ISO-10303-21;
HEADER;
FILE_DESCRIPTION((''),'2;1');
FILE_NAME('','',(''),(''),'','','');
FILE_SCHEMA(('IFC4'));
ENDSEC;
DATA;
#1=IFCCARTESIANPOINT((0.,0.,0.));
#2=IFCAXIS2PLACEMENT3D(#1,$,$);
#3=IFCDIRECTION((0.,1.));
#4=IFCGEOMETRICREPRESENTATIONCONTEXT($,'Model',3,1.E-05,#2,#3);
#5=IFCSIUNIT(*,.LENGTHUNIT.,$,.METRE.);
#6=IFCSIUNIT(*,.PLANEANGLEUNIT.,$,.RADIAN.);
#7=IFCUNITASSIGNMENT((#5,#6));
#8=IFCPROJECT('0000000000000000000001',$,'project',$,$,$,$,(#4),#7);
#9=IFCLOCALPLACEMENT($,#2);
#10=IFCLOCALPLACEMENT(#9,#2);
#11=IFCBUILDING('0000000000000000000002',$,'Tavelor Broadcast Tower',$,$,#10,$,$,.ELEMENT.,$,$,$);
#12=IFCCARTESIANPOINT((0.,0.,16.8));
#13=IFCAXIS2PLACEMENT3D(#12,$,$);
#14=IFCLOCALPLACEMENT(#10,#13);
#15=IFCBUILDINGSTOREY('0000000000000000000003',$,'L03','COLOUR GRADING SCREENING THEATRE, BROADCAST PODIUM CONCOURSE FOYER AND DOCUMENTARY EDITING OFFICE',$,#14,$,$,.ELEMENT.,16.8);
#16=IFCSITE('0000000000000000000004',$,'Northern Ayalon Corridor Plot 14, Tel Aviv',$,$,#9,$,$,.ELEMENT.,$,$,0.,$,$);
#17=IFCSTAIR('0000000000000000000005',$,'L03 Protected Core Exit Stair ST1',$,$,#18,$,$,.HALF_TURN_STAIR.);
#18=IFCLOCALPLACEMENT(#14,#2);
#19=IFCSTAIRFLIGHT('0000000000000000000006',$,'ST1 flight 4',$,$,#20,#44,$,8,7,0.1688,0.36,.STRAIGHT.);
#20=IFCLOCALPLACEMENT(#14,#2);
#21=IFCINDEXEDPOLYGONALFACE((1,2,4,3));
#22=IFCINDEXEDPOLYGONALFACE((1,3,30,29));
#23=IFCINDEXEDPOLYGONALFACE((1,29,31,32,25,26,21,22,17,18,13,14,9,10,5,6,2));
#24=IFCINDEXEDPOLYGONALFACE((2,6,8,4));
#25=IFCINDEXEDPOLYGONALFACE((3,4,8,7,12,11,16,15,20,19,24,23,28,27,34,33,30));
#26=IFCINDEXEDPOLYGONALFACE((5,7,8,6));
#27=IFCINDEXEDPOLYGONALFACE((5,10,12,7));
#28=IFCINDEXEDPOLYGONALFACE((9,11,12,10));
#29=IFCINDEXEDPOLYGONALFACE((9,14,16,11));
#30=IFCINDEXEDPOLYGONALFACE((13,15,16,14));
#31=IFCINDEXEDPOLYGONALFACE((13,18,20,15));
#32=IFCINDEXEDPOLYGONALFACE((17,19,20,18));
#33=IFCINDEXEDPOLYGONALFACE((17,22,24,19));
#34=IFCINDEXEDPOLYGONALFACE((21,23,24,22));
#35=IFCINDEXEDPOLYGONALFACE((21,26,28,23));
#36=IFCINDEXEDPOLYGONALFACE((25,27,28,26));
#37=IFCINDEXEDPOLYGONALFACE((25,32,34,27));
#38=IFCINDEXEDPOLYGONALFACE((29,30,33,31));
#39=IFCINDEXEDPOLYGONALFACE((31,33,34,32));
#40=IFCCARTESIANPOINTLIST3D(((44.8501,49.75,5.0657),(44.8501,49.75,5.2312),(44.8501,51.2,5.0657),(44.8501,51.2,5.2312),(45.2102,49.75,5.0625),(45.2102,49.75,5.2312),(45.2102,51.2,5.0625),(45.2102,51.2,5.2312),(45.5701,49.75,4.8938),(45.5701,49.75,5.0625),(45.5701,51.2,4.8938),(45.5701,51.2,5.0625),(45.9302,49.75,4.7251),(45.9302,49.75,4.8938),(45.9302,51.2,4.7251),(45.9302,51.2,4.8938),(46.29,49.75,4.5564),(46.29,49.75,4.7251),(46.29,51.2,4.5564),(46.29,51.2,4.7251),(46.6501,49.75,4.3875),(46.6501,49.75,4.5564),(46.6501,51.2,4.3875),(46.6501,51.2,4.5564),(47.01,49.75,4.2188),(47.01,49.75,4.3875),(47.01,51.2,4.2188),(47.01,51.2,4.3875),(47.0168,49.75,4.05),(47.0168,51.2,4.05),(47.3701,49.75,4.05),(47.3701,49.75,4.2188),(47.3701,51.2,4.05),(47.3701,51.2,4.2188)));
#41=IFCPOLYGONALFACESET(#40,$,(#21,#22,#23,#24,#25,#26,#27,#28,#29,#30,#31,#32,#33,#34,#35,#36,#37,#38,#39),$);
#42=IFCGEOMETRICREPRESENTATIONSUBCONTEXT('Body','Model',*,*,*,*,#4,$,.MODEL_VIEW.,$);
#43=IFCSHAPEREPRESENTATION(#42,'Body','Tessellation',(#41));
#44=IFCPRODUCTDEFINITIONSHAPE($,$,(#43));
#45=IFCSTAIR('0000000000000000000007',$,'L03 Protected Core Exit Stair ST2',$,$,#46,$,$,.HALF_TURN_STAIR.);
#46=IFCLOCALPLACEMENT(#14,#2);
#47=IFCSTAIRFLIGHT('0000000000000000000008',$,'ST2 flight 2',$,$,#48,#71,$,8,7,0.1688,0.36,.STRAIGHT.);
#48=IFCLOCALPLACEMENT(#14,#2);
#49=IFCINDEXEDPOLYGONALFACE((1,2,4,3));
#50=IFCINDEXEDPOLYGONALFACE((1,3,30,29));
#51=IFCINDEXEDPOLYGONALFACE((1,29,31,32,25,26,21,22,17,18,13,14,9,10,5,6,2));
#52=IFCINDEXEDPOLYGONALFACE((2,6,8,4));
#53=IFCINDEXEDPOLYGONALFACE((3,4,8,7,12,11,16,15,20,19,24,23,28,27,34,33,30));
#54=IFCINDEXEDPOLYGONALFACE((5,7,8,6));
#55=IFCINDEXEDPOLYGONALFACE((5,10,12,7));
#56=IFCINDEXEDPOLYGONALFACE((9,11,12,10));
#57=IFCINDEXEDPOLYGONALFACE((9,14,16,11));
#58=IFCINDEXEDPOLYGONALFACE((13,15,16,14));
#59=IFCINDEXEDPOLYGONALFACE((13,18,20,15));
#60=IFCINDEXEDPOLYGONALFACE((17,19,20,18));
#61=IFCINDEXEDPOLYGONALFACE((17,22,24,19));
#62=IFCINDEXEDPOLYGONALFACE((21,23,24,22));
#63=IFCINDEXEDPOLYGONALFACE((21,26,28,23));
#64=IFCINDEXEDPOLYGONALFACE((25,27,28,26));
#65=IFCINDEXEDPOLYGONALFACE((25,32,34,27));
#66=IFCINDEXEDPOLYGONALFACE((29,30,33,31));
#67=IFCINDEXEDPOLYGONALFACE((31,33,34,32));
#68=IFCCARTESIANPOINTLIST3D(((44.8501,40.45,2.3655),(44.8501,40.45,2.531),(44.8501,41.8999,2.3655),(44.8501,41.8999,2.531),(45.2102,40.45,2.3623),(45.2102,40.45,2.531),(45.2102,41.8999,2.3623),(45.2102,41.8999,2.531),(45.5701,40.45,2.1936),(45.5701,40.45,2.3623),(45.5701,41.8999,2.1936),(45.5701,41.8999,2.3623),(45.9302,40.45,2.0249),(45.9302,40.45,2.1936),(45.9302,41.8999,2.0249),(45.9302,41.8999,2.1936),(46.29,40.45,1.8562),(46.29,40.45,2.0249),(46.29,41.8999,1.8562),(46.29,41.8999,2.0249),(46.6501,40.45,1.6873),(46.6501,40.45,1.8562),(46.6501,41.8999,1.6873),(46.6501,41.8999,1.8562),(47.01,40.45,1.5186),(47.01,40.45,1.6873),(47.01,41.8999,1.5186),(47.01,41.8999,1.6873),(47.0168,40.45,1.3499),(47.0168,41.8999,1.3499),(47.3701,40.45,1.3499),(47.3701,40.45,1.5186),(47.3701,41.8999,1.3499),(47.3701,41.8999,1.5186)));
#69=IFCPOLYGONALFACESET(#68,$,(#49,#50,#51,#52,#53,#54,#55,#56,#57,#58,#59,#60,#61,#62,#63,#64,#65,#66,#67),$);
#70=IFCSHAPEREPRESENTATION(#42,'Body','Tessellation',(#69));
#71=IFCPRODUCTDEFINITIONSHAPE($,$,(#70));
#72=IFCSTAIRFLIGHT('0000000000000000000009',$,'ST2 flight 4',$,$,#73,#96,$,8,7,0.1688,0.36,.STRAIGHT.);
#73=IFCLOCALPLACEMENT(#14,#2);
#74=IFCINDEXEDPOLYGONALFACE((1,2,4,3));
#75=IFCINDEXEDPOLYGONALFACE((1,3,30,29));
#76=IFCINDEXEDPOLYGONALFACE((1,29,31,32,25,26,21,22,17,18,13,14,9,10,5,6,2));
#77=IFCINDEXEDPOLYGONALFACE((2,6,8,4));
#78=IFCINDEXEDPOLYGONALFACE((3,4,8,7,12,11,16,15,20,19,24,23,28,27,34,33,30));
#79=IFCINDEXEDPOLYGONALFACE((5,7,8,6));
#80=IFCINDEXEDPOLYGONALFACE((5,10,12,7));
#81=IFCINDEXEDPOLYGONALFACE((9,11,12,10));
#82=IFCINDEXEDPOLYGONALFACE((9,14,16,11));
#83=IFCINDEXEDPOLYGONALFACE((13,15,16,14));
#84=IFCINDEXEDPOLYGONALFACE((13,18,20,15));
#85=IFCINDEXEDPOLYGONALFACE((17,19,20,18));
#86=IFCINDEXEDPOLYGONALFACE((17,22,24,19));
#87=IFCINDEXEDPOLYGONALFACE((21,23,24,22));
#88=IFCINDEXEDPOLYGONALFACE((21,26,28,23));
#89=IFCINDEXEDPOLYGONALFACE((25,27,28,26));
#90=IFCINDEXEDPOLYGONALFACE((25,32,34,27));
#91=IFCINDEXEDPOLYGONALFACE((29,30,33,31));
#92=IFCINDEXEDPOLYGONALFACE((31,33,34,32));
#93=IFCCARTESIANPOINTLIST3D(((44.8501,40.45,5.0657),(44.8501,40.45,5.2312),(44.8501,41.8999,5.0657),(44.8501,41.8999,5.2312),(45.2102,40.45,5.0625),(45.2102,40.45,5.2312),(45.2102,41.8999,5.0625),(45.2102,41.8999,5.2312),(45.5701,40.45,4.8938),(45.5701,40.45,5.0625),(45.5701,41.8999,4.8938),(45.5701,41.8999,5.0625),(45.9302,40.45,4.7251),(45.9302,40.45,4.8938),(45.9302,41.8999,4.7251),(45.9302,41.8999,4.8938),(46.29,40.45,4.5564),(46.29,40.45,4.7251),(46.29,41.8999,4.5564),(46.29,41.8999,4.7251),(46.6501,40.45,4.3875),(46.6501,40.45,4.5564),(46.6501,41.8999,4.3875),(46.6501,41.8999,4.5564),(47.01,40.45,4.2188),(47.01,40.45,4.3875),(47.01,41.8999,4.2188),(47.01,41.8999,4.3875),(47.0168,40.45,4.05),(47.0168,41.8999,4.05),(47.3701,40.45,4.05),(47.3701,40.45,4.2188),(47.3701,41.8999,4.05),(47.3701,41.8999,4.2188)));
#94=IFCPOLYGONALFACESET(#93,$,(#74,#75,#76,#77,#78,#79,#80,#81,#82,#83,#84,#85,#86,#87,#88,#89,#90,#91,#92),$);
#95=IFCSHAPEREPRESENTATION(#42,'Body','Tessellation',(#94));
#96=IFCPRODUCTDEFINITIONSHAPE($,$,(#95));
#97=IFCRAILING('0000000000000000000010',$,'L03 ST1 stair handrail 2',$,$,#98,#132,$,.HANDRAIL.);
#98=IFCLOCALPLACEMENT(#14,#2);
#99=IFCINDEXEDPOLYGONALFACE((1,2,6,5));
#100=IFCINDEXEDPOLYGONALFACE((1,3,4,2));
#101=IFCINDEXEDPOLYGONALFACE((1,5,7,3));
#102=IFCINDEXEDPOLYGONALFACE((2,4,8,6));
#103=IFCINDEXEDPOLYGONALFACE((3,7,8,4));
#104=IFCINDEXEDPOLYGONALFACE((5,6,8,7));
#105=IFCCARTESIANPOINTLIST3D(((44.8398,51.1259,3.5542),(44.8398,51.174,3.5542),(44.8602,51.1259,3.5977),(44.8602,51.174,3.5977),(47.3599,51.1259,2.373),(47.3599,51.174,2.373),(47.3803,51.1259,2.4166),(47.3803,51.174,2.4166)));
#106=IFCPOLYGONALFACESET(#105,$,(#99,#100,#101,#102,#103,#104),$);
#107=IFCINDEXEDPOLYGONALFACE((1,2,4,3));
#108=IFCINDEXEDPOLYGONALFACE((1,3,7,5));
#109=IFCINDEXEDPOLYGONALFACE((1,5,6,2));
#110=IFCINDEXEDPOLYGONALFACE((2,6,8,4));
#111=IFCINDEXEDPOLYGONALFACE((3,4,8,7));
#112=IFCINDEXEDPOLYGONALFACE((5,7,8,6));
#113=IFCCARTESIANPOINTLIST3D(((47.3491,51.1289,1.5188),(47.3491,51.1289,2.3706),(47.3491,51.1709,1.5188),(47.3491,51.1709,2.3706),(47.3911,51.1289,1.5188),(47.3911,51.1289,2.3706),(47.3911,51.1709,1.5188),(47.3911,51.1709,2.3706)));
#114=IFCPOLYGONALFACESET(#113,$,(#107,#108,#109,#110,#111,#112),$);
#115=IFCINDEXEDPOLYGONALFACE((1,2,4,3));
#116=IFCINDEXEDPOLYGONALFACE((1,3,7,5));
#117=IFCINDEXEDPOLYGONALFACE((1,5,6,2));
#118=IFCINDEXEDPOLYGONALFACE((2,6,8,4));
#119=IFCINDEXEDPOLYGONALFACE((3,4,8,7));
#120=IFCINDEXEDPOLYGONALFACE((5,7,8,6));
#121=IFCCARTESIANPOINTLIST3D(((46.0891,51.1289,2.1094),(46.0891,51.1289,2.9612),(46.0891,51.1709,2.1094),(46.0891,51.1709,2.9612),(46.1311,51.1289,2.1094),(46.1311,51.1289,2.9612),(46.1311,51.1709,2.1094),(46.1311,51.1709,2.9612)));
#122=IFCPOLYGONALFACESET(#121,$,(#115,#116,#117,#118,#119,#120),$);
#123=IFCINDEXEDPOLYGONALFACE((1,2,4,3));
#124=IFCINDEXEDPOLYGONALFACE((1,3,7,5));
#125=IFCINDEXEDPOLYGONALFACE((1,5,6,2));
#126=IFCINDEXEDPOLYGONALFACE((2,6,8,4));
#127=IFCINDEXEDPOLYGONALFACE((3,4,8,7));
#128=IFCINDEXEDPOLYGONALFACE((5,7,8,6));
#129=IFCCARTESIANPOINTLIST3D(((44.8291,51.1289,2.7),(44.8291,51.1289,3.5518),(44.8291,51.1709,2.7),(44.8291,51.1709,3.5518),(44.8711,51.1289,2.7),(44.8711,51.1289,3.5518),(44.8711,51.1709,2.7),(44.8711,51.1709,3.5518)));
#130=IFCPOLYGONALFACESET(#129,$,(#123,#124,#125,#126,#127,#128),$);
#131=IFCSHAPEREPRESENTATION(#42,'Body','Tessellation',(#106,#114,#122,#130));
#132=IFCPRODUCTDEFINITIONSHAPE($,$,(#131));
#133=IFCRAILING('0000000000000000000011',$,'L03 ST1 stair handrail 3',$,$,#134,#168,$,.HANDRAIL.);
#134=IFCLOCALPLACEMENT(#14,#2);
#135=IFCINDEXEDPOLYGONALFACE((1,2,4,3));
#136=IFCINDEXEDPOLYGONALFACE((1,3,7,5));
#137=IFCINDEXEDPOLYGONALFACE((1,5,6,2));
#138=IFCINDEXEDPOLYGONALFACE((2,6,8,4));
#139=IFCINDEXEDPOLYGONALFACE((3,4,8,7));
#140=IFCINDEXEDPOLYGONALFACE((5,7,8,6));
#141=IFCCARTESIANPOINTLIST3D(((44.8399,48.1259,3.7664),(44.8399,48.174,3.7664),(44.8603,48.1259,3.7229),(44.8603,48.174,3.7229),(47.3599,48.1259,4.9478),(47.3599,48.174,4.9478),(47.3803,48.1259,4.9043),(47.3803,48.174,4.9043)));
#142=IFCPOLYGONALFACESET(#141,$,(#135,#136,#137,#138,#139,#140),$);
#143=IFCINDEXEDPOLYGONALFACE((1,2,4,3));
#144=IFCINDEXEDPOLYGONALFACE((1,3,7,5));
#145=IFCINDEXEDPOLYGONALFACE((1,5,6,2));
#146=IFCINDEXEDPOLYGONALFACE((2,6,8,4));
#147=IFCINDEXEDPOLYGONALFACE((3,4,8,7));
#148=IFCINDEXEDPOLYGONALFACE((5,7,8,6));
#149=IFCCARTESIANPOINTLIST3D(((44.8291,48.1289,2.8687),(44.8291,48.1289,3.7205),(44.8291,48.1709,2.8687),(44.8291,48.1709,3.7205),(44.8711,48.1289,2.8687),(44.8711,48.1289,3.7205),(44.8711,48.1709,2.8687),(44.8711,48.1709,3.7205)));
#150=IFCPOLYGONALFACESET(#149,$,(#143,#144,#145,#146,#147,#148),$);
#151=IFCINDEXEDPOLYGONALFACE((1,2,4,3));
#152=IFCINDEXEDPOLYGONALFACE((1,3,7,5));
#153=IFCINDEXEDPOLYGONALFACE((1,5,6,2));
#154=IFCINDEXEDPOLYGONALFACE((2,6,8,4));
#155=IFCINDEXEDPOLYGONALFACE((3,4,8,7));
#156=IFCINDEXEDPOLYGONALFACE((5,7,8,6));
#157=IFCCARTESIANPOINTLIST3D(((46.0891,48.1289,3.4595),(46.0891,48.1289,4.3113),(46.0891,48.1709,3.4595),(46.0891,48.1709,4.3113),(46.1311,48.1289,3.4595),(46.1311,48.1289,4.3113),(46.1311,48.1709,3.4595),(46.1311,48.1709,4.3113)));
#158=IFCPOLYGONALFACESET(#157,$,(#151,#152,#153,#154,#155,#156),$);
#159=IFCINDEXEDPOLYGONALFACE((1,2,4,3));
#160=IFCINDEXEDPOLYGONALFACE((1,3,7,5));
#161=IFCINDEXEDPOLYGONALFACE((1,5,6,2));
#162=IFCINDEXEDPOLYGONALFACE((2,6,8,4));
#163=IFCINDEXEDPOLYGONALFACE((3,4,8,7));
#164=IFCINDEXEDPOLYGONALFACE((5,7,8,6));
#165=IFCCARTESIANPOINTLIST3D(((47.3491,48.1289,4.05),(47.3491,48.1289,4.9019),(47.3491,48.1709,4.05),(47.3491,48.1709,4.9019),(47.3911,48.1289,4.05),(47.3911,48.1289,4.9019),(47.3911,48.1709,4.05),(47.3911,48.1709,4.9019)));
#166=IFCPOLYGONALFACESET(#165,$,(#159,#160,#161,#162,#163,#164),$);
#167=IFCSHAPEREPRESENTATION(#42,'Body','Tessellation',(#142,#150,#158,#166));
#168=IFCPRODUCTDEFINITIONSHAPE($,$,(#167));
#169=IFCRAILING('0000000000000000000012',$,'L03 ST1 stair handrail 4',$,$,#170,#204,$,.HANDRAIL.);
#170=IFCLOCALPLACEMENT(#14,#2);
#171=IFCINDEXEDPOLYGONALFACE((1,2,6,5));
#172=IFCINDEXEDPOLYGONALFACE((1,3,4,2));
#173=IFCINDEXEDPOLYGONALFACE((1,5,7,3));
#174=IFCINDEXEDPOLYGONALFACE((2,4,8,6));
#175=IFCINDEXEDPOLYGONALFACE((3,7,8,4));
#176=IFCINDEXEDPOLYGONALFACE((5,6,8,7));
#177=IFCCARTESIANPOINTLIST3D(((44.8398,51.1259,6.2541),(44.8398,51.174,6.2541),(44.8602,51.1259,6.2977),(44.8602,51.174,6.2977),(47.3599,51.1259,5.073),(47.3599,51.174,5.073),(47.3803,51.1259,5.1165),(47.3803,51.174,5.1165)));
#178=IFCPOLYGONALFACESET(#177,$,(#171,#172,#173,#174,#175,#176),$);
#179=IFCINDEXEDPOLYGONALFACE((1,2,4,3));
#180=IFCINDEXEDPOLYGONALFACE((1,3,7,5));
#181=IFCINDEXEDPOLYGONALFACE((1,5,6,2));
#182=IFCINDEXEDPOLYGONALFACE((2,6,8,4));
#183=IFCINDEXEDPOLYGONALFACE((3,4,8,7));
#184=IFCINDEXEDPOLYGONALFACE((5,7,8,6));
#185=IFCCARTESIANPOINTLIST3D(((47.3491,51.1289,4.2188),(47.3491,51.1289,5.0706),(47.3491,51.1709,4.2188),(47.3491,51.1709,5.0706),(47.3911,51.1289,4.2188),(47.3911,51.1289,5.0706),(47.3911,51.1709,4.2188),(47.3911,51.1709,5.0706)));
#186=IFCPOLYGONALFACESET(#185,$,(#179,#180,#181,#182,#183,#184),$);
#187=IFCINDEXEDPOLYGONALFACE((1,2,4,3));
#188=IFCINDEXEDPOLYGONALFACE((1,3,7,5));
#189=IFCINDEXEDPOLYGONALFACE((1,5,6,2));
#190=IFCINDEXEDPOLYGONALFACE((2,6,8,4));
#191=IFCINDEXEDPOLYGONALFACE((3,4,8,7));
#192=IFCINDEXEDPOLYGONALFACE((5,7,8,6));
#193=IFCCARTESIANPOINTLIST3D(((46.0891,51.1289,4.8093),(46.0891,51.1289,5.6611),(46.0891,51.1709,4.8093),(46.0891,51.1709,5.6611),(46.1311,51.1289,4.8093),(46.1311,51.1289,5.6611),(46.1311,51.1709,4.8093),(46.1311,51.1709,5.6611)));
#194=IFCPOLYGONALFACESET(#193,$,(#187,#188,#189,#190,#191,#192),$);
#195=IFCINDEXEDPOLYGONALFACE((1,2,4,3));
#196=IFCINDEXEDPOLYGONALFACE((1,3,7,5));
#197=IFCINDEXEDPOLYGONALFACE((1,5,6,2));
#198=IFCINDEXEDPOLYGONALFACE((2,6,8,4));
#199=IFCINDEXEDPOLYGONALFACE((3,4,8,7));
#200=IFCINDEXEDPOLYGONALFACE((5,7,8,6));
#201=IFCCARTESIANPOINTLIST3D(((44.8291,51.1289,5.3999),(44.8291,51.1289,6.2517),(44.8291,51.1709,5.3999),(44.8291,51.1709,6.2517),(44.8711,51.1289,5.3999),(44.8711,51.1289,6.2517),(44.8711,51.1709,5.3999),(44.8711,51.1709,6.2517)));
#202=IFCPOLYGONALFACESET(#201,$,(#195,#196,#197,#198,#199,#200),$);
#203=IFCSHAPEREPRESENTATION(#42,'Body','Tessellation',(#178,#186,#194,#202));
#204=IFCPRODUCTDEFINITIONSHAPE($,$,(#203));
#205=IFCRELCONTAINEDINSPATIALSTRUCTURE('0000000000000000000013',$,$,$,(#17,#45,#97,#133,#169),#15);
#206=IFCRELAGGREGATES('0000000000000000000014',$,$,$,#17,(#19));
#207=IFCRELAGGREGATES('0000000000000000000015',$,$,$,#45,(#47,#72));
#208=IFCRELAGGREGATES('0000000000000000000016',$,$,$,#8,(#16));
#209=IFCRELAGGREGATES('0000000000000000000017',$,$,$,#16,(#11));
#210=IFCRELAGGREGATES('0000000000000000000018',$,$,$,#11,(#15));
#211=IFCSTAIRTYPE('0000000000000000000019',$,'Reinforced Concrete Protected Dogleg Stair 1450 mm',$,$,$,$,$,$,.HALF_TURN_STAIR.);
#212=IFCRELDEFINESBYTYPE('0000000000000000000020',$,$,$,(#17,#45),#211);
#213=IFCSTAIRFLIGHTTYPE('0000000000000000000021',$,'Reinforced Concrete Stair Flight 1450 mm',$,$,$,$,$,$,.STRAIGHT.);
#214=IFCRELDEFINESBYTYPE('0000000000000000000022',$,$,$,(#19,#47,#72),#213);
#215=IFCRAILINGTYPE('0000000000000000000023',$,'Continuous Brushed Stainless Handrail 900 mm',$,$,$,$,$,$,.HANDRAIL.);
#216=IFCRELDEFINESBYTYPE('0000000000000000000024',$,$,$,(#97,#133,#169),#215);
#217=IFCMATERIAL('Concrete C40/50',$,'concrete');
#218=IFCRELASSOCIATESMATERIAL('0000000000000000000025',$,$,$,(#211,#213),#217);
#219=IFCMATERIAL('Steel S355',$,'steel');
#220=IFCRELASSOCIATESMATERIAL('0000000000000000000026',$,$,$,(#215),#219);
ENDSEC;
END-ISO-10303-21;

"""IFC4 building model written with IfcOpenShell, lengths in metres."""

from ifc_helpers import new_model, si_unit, direction, frame, origin, origin_2d, place, context, subcontext, project, spatial, polyline, rectangle, outline, extrude, material, type_object, element, aggregate, save


model = new_model("IFC4")

# Units and contexts
model_context = context("Model", 3, precision=1e-05, world=origin(), true_north=direction((0.0, 1.0)))
body_context = subcontext(model_context, "Body", "Model", "MODEL_VIEW")
ifc_project = project(units=[si_unit("LENGTHUNIT", "METRE"), si_unit("PLANEANGLEUNIT", "RADIAN")], contexts=[model_context])

# Site, building, storey
site_placement = place(None, origin())
site = spatial("IfcSite", under=ifc_project, at=site_placement, Name="Northern Ayalon Corridor Plot 14, Tel Aviv", CompositionType="ELEMENT", RefElevation=0.0)
building_placement = place(site_placement, origin())
building = spatial("IfcBuilding", under=site, at=building_placement, Name="Tavelor Broadcast Tower", CompositionType="ELEMENT")
storey_placement = place(building_placement, frame((0.0, 0.0, 16.8)))
storey = spatial("IfcBuildingStorey", under=building, at=storey_placement, Name="L03", Description="COLOUR GRADING SCREENING THEATRE, BROADCAST PODIUM CONCOURSE FOYER AND DOCUMENTARY EDITING OFFICE", CompositionType="ELEMENT", Elevation=16.8)

# Shared definitions
ifc_material_1 = material(Name="Steel S355", Category="steel")

# Stairs, stair flights
ifc_material_2 = material(Name="Concrete C40/50", Category="concrete")
stair_type = type_object("IfcStairType", Name="Reinforced Concrete Protected Dogleg Stair 1450 mm", PredefinedType="HALF_TURN_STAIR", material=ifc_material_2)
stair_1_placement = place(storey_placement, origin())
stair_1 = element("IfcStair", 1, at=stair_1_placement, inside=storey, type_object=stair_type, Name="L03 Protected Core Exit Stair ST1", PredefinedType="HALF_TURN_STAIR")
stair_flight_type = type_object("IfcStairFlightType", Name="Reinforced Concrete Stair Flight 1450 mm", PredefinedType="STRAIGHT", material=ifc_material_2)
stair_flight_1_placement = place(storey_placement, frame((47.3701, 50.4751, 4.05), z_axis=(0.0, 0.0, 1.0), x_axis=(-1.0, 0.0, 0.0)))
stair_flight_1 = element("IfcStairFlight", 2, at=stair_flight_1_placement, type_object=stair_flight_type, Name="ST1 flight 4", NumberOfRisers=8, NumberOfTreads=7, PredefinedType="STRAIGHT", RiserHeight=0.1688, TreadLength=0.36, context=body_context, shape_type="SweptSolid", body=[
    extrude(outline(polyline([(0.0, 0.0), (0.0, 0.1687), (0.3601, 0.1687), (0.3601, 0.3374), (0.72, 0.3374), (0.72, 0.5063), (1.0801, 0.5063), (1.0801, 0.675), (1.4399, 0.675), (1.4399, 0.8438), (1.8, 0.8438), (1.8, 1.0125), (2.1599, 1.0125), (2.1599, 1.1812), (2.52, 1.1812), (2.52, 1.3501), (2.52, 1.0156), (0.3533, 0.0), (0.0, 0.0)])), frame((0.0, 0.7251, 0.0), z_axis=(0.0, -1.0, 0.0), x_axis=(1.0, 0.0, 0.0)), (0.0, 0.0, 1.0), 1.45),
])
aggregate(stair_1, [stair_flight_1])
stair_2_placement = place(storey_placement, origin())
stair_2 = element("IfcStair", 3, at=stair_2_placement, inside=storey, type_object=stair_type, Name="L03 Protected Core Exit Stair ST2", PredefinedType="HALF_TURN_STAIR")
stair_flight_2_placement = place(storey_placement, frame((47.3701, 41.175, 1.3499), z_axis=(0.0, 0.0, 1.0), x_axis=(-1.0, 0.0, 0.0)))
stair_flight_2 = element("IfcStairFlight", 4, at=stair_flight_2_placement, type_object=stair_flight_type, Name="ST2 flight 2", NumberOfRisers=8, NumberOfTreads=7, PredefinedType="STRAIGHT", RiserHeight=0.1688, TreadLength=0.36, context=body_context, shape_type="SweptSolid", body=[
    extrude(outline(polyline([(0.0, 0.0), (0.0, 0.1687), (0.3601, 0.1687), (0.3601, 0.3374), (0.72, 0.3374), (0.72, 0.5063), (1.0801, 0.5063), (1.0801, 0.675), (1.4399, 0.675), (1.4399, 0.8438), (1.8, 0.8438), (1.8, 1.0125), (2.1599, 1.0125), (2.1599, 1.1812), (2.52, 1.1812), (2.52, 1.3501), (2.52, 1.0156), (0.3533, 0.0), (0.0, 0.0)])), frame((0.0, 0.7251, 0.0), z_axis=(0.0, -1.0, 0.0), x_axis=(1.0, 0.0, 0.0)), (0.0, 0.0, 1.0), 1.45),
])
stair_flight_3_placement = place(storey_placement, frame((47.3701, 41.175, 4.05), z_axis=(0.0, 0.0, 1.0), x_axis=(-1.0, 0.0, 0.0)))
stair_flight_3 = element("IfcStairFlight", 5, at=stair_flight_3_placement, type_object=stair_flight_type, Name="ST2 flight 4", NumberOfRisers=8, NumberOfTreads=7, PredefinedType="STRAIGHT", RiserHeight=0.1688, TreadLength=0.36, context=body_context, shape_type="SweptSolid", body=[
    extrude(outline(polyline([(0.0, 0.0), (0.0, 0.1687), (0.3601, 0.1687), (0.3601, 0.3374), (0.72, 0.3374), (0.72, 0.5063), (1.0801, 0.5063), (1.0801, 0.675), (1.4399, 0.675), (1.4399, 0.8438), (1.8, 0.8438), (1.8, 1.0125), (2.1599, 1.0125), (2.1599, 1.1812), (2.52, 1.1812), (2.52, 1.3501), (2.52, 1.0156), (0.3533, 0.0), (0.0, 0.0)])), frame((0.0, 0.7251, 0.0), z_axis=(0.0, -1.0, 0.0), x_axis=(1.0, 0.0, 0.0)), (0.0, 0.0, 1.0), 1.45),
])
aggregate(stair_2, [stair_flight_2, stair_flight_3])

# Railings
railing_type_1 = type_object("IfcRailingType", Name="Continuous Brushed Stainless Handrail 900 mm", PredefinedType="HANDRAIL", material=ifc_material_1)
railing_1_placement = place(storey_placement, frame((47.3701, 51.1499, 1.5188)))
element("IfcRailing", 6, at=railing_1_placement, inside=storey, type_object=railing_type_1, Name="L03 ST1 stair handrail 2", PredefinedType="HANDRAIL", context=body_context, shape_type="SweptSolid", body=[
    extrude(rectangle(XDim=0.0481, YDim=0.0481, at=origin_2d()), frame((0.0, 0.0, 0.876), z_axis=(-0.905474, 0.0, 0.424402), x_axis=(0.0, -1.0, 0.0)), (0.0, 0.0, 1.0), 2.7832),
    extrude(rectangle(XDim=0.042, YDim=0.042, at=origin_2d()), origin(), (0.0, 0.0, 1.0), 0.8518),
    extrude(rectangle(XDim=0.042, YDim=0.042, at=origin_2d()), frame((-1.26, 0.0, 0.5906)), (0.0, 0.0, 1.0), 0.8518),
    extrude(rectangle(XDim=0.042, YDim=0.042, at=origin_2d()), frame((-2.52, 0.0, 1.1812)), (0.0, 0.0, 1.0), 0.8518),
])
railing_2_placement = place(storey_placement, frame((44.8501, 48.1499, 2.8687)))
element("IfcRailing", 7, at=railing_2_placement, inside=storey, type_object=railing_type_1, Name="L03 ST1 stair handrail 3", PredefinedType="HANDRAIL", context=body_context, shape_type="SweptSolid", body=[
    extrude(rectangle(XDim=0.0481, YDim=0.0481, at=origin_2d()), frame((0.0, 0.0, 0.876), z_axis=(0.90544, 0.0, 0.424474), x_axis=(0.0, 1.0, 0.0)), (0.0, 0.0, 1.0), 2.7832),
    extrude(rectangle(XDim=0.042, YDim=0.042, at=origin_2d()), origin(), (0.0, 0.0, 1.0), 0.8518),
    extrude(rectangle(XDim=0.042, YDim=0.042, at=origin_2d()), frame((1.26, 0.0, 0.5908)), (0.0, 0.0, 1.0), 0.8518),
    extrude(rectangle(XDim=0.042, YDim=0.042, at=origin_2d()), frame((2.52, 0.0, 1.1814)), (0.0, 0.0, 1.0), 0.8518),
])
for number, where, name in (
    (8, (47.3701, 51.1499, 4.2188), "L03 ST1 stair handrail 4"),
):
    element("IfcRailing", number, at=place(storey_placement, frame(where)), inside=storey, type_object=railing_type_1, Name=name, PredefinedType="HANDRAIL", context=body_context, shape_type="SweptSolid", body=[
        extrude(rectangle(XDim=0.0481, YDim=0.0481, at=origin_2d()), frame((0.0, 0.0, 0.876), z_axis=(-0.905474, 0.0, 0.424402), x_axis=(0.0, -1.0, 0.0)), (0.0, 0.0, 1.0), 2.7832),
        extrude(rectangle(XDim=0.042, YDim=0.042, at=origin_2d()), origin(), (0.0, 0.0, 1.0), 0.8518),
        extrude(rectangle(XDim=0.042, YDim=0.042, at=origin_2d()), frame((-1.26, 0.0, 0.5906)), (0.0, 0.0, 1.0), 0.8518),
        extrude(rectangle(XDim=0.042, YDim=0.042, at=origin_2d()), frame((-2.52, 0.0, 1.1812)), (0.0, 0.0, 1.0), 0.8518),
    ])

save(model, "model.ifc")
